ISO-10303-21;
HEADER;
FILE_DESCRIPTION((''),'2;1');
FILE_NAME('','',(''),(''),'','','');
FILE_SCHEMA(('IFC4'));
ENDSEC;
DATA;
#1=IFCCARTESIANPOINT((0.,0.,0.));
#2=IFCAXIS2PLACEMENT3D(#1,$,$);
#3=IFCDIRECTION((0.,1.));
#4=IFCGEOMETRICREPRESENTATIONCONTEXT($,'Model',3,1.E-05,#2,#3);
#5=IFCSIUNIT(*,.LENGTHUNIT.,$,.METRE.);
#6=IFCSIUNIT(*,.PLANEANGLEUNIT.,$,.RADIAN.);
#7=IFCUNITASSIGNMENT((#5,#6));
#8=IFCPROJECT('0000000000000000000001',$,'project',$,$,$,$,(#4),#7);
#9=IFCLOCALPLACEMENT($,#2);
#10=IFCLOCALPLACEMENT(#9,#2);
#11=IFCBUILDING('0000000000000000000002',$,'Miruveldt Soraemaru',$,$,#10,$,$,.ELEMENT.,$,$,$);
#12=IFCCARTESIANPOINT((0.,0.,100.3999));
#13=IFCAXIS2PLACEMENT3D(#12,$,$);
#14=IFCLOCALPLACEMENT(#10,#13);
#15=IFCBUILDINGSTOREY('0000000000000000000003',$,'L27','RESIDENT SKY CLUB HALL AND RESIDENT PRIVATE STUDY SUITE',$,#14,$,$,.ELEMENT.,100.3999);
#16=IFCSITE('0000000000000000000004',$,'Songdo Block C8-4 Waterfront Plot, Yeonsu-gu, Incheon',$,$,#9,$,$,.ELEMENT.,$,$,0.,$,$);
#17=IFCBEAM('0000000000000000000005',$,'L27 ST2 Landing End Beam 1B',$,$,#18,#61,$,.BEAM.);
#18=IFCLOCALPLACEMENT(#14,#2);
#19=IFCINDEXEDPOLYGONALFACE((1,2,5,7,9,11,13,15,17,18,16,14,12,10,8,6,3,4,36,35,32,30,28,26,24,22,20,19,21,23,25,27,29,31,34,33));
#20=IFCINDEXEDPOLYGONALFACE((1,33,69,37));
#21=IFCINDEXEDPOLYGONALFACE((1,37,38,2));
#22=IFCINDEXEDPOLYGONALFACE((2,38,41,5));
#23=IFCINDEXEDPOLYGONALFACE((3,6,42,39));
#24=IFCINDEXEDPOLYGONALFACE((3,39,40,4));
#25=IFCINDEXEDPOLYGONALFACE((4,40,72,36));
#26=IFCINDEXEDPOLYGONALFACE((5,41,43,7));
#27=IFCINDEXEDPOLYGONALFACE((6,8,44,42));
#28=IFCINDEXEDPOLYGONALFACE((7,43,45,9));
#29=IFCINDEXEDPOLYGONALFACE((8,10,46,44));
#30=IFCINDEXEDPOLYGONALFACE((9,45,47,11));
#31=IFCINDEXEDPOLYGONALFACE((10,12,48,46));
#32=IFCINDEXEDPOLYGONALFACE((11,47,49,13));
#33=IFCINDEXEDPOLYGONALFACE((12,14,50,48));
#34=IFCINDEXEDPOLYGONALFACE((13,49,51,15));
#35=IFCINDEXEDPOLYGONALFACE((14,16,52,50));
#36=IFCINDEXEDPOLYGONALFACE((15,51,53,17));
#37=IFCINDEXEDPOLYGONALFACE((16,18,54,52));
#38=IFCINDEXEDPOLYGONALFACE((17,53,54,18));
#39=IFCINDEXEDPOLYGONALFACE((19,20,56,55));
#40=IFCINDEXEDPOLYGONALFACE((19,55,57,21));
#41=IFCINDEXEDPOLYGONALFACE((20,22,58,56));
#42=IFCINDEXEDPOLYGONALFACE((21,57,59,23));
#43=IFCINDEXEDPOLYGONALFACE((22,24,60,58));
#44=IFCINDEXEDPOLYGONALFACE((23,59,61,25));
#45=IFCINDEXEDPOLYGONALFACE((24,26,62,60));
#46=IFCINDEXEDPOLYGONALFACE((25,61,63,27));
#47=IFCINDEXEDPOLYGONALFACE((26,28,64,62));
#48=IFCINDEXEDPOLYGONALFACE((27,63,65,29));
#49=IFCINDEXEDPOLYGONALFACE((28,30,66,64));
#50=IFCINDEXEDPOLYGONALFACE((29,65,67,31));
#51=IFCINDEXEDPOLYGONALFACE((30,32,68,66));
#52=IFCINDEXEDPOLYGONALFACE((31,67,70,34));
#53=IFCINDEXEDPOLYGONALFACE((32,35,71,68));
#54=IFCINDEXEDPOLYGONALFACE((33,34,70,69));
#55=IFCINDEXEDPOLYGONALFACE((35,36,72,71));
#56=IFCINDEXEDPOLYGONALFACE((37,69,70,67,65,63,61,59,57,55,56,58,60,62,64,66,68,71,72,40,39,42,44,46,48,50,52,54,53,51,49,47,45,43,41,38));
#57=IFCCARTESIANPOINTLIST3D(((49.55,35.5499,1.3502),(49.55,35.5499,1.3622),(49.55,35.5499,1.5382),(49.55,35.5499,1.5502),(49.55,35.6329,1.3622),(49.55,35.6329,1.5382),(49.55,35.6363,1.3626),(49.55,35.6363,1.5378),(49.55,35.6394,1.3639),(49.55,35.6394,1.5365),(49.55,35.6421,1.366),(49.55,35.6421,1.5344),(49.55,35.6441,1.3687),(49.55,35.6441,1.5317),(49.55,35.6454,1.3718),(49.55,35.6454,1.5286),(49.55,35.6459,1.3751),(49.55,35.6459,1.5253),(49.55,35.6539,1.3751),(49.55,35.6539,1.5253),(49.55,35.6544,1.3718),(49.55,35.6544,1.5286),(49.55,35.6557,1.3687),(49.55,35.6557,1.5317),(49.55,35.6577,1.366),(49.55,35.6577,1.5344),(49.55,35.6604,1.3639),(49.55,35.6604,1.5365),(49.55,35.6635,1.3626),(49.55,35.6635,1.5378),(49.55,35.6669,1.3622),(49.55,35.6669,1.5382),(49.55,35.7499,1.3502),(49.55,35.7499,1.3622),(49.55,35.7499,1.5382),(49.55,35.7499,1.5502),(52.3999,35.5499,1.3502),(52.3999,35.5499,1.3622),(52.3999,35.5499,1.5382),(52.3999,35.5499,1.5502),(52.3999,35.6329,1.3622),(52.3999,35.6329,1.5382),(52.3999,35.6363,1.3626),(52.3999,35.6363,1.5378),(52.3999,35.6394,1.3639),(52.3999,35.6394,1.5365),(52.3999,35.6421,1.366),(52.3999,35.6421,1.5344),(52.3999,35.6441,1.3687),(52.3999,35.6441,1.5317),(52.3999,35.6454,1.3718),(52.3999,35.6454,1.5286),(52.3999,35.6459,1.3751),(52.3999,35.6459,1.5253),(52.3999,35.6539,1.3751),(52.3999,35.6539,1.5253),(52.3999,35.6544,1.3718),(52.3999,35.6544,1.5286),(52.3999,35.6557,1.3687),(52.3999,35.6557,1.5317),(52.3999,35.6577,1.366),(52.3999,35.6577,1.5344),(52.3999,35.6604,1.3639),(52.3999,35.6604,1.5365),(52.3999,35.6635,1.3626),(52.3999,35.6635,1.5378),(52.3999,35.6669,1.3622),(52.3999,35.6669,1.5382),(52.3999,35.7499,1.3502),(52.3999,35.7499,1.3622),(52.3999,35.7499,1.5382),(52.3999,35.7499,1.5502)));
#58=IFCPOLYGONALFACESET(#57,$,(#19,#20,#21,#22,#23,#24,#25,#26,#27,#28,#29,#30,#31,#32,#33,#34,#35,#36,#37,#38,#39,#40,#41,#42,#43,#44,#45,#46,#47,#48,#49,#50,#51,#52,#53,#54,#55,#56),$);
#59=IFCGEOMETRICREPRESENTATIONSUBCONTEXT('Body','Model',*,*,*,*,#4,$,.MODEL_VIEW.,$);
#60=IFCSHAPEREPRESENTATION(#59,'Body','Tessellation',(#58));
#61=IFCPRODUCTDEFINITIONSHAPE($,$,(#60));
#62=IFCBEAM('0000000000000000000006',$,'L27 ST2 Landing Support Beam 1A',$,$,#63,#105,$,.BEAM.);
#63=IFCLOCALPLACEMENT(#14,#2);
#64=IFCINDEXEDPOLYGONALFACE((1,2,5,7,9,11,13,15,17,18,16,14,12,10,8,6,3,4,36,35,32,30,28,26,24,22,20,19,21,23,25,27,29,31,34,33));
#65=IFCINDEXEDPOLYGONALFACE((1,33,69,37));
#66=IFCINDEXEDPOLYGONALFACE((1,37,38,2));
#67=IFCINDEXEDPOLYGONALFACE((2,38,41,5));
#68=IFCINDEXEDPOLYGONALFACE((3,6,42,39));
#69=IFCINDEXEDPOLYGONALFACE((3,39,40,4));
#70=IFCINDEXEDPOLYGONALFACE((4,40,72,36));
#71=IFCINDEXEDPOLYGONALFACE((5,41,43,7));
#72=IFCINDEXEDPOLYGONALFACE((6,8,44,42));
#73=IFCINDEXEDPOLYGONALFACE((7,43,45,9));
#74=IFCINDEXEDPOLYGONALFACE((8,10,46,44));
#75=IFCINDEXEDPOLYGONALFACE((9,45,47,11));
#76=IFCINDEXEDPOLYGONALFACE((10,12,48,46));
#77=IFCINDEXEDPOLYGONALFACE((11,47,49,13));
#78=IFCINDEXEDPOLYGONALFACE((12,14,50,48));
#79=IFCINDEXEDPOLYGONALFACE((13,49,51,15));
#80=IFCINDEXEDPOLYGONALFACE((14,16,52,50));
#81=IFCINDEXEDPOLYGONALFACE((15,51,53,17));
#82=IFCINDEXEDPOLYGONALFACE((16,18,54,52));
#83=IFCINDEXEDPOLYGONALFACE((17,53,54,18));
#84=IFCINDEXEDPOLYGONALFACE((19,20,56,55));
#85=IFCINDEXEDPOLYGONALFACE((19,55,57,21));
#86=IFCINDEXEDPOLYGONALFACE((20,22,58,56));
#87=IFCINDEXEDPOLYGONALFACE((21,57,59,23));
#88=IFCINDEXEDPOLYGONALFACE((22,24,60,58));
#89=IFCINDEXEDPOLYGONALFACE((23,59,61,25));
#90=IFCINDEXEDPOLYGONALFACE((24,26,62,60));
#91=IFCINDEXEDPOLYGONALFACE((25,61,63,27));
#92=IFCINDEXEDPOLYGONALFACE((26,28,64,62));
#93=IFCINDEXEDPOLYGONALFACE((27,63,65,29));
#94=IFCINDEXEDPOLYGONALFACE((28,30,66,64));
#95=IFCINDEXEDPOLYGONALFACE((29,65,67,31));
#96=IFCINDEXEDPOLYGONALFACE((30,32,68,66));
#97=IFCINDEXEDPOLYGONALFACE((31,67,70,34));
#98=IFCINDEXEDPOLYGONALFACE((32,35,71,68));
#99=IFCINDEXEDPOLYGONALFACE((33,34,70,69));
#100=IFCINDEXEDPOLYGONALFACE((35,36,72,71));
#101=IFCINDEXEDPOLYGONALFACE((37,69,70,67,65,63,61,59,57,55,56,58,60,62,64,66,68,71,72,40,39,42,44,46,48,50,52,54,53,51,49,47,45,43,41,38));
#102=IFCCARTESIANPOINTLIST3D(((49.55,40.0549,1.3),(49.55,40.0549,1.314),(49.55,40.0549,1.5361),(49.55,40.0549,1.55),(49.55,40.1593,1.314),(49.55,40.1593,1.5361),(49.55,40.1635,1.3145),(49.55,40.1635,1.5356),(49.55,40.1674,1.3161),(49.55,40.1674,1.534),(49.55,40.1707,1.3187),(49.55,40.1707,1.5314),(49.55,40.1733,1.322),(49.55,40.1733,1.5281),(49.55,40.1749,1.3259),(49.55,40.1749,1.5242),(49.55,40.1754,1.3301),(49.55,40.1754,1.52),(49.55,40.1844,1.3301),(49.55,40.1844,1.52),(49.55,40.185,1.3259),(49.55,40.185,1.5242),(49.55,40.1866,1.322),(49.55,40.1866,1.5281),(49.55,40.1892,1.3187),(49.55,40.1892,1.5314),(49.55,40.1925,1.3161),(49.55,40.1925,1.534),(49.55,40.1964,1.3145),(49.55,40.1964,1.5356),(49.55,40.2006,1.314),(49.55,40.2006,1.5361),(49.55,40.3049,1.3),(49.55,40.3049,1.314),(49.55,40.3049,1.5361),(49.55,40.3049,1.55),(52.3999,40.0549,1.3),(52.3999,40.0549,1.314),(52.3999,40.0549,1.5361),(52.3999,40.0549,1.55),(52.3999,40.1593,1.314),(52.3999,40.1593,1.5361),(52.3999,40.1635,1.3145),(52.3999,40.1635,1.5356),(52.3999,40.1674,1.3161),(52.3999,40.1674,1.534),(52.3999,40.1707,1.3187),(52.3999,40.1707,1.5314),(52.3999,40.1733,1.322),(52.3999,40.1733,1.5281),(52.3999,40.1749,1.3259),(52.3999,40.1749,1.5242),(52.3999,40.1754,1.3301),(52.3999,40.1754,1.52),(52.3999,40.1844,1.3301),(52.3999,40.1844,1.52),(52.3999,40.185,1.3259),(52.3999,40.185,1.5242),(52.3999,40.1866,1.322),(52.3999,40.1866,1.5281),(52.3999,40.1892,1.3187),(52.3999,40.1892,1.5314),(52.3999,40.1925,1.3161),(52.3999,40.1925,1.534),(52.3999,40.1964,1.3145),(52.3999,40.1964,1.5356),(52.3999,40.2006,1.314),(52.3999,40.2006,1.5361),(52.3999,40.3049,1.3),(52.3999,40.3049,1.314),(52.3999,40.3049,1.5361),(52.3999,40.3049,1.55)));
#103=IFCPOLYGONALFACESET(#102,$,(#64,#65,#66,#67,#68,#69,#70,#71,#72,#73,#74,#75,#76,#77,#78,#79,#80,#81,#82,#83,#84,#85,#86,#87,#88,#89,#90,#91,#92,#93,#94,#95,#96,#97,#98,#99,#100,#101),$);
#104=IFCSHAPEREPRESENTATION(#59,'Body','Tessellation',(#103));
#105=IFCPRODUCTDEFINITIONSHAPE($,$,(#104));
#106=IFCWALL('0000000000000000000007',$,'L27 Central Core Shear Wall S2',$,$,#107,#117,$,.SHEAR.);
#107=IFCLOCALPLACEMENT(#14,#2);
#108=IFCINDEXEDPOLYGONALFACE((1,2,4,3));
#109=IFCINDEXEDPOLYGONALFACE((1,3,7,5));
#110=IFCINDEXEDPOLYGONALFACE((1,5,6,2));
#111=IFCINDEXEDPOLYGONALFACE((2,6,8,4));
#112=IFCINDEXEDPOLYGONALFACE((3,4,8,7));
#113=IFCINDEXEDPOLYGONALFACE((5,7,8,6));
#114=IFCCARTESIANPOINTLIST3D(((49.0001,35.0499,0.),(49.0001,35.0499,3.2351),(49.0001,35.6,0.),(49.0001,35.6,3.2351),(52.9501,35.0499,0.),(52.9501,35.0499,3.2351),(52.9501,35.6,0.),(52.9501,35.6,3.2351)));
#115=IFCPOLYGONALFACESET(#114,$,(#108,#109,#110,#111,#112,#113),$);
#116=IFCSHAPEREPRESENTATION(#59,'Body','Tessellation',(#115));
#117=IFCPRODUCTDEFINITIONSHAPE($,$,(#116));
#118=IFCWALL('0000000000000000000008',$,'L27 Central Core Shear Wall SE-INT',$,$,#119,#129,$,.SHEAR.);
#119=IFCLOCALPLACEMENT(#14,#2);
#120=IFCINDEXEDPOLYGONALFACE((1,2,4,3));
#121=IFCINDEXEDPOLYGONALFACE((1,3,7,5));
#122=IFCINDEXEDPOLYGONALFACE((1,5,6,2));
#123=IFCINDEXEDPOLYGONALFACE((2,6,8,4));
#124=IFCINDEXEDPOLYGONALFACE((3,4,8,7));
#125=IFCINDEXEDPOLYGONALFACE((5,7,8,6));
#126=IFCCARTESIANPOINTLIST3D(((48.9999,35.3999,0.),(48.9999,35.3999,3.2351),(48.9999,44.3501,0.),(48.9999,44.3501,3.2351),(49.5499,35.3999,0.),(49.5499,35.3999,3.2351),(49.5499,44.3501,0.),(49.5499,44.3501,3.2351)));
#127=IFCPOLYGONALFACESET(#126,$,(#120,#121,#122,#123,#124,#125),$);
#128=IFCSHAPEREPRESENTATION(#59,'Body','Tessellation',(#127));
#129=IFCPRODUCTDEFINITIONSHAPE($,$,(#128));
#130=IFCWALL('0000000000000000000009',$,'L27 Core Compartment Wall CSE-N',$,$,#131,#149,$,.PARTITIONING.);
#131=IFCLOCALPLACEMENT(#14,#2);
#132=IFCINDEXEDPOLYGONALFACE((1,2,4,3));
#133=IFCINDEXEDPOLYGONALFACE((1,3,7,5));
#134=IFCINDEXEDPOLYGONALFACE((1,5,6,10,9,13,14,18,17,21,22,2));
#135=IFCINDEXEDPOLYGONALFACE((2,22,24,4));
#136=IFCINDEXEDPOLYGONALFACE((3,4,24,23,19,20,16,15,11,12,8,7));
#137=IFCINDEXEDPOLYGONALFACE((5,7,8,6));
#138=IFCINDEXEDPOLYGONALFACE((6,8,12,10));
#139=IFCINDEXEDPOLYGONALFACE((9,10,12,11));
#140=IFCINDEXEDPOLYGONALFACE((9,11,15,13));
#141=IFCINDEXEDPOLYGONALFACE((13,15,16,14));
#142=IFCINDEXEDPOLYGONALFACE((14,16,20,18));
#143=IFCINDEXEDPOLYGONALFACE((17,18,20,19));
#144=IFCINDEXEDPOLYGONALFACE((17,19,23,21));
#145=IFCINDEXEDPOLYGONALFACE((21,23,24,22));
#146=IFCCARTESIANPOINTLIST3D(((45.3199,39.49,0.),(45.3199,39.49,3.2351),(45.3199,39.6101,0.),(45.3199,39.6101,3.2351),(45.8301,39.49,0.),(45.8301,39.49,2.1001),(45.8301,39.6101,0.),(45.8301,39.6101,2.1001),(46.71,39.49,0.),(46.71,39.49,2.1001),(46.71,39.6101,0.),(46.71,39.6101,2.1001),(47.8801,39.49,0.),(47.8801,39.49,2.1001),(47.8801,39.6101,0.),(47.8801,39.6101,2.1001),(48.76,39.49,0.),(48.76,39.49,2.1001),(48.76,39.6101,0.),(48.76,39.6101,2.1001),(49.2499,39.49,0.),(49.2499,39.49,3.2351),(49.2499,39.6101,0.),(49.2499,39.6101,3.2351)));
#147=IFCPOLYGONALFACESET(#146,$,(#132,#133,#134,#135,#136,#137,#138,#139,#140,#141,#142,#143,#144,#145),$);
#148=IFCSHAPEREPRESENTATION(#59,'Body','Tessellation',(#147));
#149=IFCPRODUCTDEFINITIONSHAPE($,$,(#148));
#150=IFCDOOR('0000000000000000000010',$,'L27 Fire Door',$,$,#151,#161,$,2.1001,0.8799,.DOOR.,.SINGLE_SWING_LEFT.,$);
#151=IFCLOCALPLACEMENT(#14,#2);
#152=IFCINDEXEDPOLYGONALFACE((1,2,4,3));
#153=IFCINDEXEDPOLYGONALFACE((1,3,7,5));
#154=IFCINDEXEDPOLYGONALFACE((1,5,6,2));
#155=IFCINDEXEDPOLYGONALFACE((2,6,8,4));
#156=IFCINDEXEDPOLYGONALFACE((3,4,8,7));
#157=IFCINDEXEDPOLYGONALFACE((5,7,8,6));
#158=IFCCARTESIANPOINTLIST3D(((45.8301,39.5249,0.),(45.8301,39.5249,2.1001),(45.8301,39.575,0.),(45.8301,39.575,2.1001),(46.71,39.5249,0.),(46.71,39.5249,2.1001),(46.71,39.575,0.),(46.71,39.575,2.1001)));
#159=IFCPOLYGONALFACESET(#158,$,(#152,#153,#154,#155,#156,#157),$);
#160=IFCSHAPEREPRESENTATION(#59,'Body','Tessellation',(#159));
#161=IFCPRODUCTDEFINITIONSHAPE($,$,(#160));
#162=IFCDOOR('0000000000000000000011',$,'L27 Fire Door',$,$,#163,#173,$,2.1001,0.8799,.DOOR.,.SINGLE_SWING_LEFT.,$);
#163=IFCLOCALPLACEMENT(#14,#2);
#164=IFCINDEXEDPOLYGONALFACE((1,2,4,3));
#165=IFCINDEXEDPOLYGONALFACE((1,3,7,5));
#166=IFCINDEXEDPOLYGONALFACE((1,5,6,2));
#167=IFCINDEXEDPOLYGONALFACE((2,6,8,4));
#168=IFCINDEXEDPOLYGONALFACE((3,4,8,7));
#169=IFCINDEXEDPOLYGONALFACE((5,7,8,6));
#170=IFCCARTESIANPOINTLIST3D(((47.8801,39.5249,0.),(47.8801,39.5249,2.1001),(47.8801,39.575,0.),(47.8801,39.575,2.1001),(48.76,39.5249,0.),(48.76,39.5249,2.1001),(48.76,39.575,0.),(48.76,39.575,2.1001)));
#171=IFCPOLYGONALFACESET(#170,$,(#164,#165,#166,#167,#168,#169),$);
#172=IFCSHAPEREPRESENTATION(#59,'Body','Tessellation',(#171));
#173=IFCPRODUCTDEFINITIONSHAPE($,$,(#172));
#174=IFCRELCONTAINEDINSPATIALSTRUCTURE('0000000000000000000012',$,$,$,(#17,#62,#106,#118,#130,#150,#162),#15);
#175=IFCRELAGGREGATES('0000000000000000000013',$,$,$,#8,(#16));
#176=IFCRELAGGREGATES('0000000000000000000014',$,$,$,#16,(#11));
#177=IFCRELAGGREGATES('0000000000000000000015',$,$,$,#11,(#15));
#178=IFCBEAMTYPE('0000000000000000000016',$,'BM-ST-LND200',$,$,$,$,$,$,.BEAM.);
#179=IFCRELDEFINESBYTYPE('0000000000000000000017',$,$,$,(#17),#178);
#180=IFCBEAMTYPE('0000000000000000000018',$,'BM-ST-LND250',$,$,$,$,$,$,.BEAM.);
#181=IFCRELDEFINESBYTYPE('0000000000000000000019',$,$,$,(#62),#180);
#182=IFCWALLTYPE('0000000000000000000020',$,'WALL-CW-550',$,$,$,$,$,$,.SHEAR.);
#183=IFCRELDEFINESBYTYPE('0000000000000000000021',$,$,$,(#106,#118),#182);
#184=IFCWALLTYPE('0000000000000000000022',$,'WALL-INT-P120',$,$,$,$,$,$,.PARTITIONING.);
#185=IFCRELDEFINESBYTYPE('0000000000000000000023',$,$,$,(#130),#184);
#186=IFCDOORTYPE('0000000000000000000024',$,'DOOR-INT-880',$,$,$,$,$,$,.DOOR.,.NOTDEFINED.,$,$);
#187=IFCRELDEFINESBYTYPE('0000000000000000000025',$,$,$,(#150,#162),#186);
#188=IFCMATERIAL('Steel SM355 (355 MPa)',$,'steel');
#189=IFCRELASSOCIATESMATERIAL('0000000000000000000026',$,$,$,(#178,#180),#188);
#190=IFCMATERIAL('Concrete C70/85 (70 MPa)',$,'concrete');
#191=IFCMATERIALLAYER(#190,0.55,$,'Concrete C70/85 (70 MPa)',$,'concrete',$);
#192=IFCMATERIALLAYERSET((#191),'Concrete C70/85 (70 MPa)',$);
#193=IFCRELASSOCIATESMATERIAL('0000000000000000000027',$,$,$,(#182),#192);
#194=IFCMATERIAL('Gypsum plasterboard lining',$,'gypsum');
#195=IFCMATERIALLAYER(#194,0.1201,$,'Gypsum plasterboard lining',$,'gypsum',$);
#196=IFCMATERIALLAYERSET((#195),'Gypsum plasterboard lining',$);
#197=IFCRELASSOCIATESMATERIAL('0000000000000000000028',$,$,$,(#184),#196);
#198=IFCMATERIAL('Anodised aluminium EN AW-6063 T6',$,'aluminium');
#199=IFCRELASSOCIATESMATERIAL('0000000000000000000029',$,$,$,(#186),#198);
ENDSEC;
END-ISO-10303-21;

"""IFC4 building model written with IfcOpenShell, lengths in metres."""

from ifc_helpers import new_model, si_unit, direction, frame, frame_2d, origin, origin_2d, place, context, subcontext, project, spatial, rectangle, i_section, extrude, material, layer, layer_set, material_profile, profile_set, type_object, element, fill, save


model = new_model("IFC4")

# Units and contexts
model_context = context("Model", 3, precision=1e-05, world=origin(), true_north=direction((0.0, 1.0)))
body_context = subcontext(model_context, "Body", "Model", "MODEL_VIEW")
ifc_project = project(units=[si_unit("LENGTHUNIT", "METRE"), si_unit("PLANEANGLEUNIT", "RADIAN")], contexts=[model_context])

# Site, building, storey
site_placement = place(None, origin())
site = spatial("IfcSite", under=ifc_project, at=site_placement, Name="Songdo Block C8-4 Waterfront Plot, Yeonsu-gu, Incheon", CompositionType="ELEMENT", RefElevation=0.0)
building_placement = place(site_placement, origin())
building = spatial("IfcBuilding", under=site, at=building_placement, Name="Miruveldt Soraemaru", CompositionType="ELEMENT")
storey_placement = place(building_placement, frame((0.0, 0.0, 100.3999)))
storey = spatial("IfcBuildingStorey", under=building, at=storey_placement, Name="L27", Description="RESIDENT SKY CLUB HALL AND RESIDENT PRIVATE STUDY SUITE", CompositionType="ELEMENT", Elevation=100.3999)

# Beams
ifc_material_1 = material(Name="Steel SM355 (355 MPa)", Category="steel")
ifc_material_profile_1 = material_profile(ifc_material_1, i_section(OverallWidth=0.2, OverallDepth=0.2, WebThickness=0.0081, FlangeThickness=0.012, FilletRadius=0.0129, at=origin_2d()), Name="Steel SM355 (355 MPa)", Category="steel")
ifc_profile_set_1 = profile_set([ifc_material_profile_1], Name="Steel SM355 (355 MPa)")
beam_type_1 = type_object("IfcBeamType", Name="BM-ST-LND200", PredefinedType="BEAM", material=ifc_profile_set_1)
beam_1_placement = place(storey_placement, frame((49.55, 35.6499, 1.4502), z_axis=(1.0, 0.0, 0.0), x_axis=(0.0, 1.0, 0.0)))
element("IfcBeam", 1, at=beam_1_placement, inside=storey, type_object=beam_type_1, Name="L27 ST2 Landing End Beam 1B", PredefinedType="BEAM", context=body_context, shape_type="SweptSolid", body=[
    extrude(i_section(OverallWidth=0.2, OverallDepth=0.2, WebThickness=0.0081, FlangeThickness=0.012, FilletRadius=0.0129, at=origin_2d()), origin(), (0.0, 0.0, 1.0), 2.8499),
])
ifc_material_profile_2 = material_profile(ifc_material_1, i_section(OverallWidth=0.25, OverallDepth=0.25, WebThickness=0.009, FlangeThickness=0.0139, FilletRadius=0.0161, at=origin_2d()), Name="Steel SM355 (355 MPa)", Category="steel")
ifc_profile_set_2 = profile_set([ifc_material_profile_2], Name="Steel SM355 (355 MPa)")
beam_type_2 = type_object("IfcBeamType", Name="BM-ST-LND250", PredefinedType="BEAM", material=ifc_profile_set_2)
beam_2_placement = place(storey_placement, frame((49.55, 40.1799, 1.425), z_axis=(1.0, 0.0, 0.0), x_axis=(0.0, 1.0, 0.0)))
element("IfcBeam", 2, at=beam_2_placement, inside=storey, type_object=beam_type_2, Name="L27 ST2 Landing Support Beam 1A", PredefinedType="BEAM", context=body_context, shape_type="SweptSolid", body=[
    extrude(i_section(OverallWidth=0.25, OverallDepth=0.25, WebThickness=0.009, FlangeThickness=0.0139, FilletRadius=0.0161, at=origin_2d()), origin(), (0.0, 0.0, 1.0), 2.8499),
])

# Walls
ifc_material_2 = material(Name="Concrete C70/85 (70 MPa)", Category="concrete")
ifc_layer_1 = layer(ifc_material_2, 0.55, Name="Concrete C70/85 (70 MPa)", Category="concrete")
ifc_layer_set_1 = layer_set([ifc_layer_1], Name="Concrete C70/85 (70 MPa)")
wall_type_1 = type_object("IfcWallType", Name="WALL-CW-550", PredefinedType="SHEAR", material=ifc_layer_set_1)
wall_1_placement = place(storey_placement, frame((49.0, 35.325, 0.0), z_axis=(0.0, 0.0, 1.0), x_axis=(1.0, 0.0, 0.0)))
element("IfcWall", 3, at=wall_1_placement, inside=storey, type_object=wall_type_1, Name="L27 Central Core Shear Wall S2", PredefinedType="SHEAR", context=body_context, shape_type="SweptSolid", body=[
    extrude(rectangle(XDim=3.95, YDim=0.55, at=frame_2d((1.9751, 0.0))), origin(), (0.0, 0.0, 1.0), 3.2351),
])
wall_2_placement = place(storey_placement, frame((49.2749, 35.3999, 0.0), z_axis=(0.0, 0.0, 1.0), x_axis=(0.0, 1.0, 0.0)))
element("IfcWall", 4, at=wall_2_placement, inside=storey, type_object=wall_type_1, Name="L27 Central Core Shear Wall SE-INT", PredefinedType="SHEAR", context=body_context, shape_type="SweptSolid", body=[
    extrude(rectangle(XDim=8.9502, YDim=0.55, at=frame_2d((4.4751, 0.0))), origin(), (0.0, 0.0, 1.0), 3.2351),
])

# Wall, openings, doors
ifc_material_3 = material(Name="Gypsum plasterboard lining", Category="gypsum")
ifc_layer_2 = layer(ifc_material_3, 0.1201, Name="Gypsum plasterboard lining", Category="gypsum")
ifc_layer_set_2 = layer_set([ifc_layer_2], Name="Gypsum plasterboard lining")
wall_type_2 = type_object("IfcWallType", Name="WALL-INT-P120", PredefinedType="PARTITIONING", material=ifc_layer_set_2)
wall_3_placement = place(storey_placement, frame((45.3201, 39.55, 0.0), z_axis=(0.0, 0.0, 1.0), x_axis=(1.0, 0.0, 0.0)))
wall_3 = element("IfcWall", 5, at=wall_3_placement, inside=storey, type_object=wall_type_2, Name="L27 Core Compartment Wall CSE-N", PredefinedType="PARTITIONING", context=body_context, shape_type="SweptSolid", body=[
    extrude(rectangle(XDim=3.9299, YDim=0.1201, at=frame_2d((1.9648, 0.0))), origin(), (0.0, 0.0, 1.0), 3.2351),
])
opening_1_placement = place(wall_3_placement, frame((0.51, 0.0, 0.0)))
opening_1 = element("IfcOpeningElement", 6, at=opening_1_placement, cuts=wall_3, PredefinedType="OPENING", context=body_context, shape_type="SweptSolid", body=[
    extrude(rectangle(XDim=0.8799, YDim=2.1001, at=frame_2d((0.4399, 1.05))), frame((0.0, 0.0701, 0.0), z_axis=(0.0, -1.0, 0.0), x_axis=(1.0, 0.0, 0.0)), (0.0, 0.0, 1.0), 0.1401),
])
opening_2_placement = place(wall_3_placement, frame((2.5601, 0.0, 0.0)))
opening_2 = element("IfcOpeningElement", 7, at=opening_2_placement, cuts=wall_3, PredefinedType="OPENING", context=body_context, shape_type="SweptSolid", body=[
    extrude(rectangle(XDim=0.8799, YDim=2.1001, at=frame_2d((0.4399, 1.05))), frame((0.0, 0.0701, 0.0), z_axis=(0.0, -1.0, 0.0), x_axis=(1.0, 0.0, 0.0)), (0.0, 0.0, 1.0), 0.1401),
])
ifc_material_4 = material(Name="Anodised aluminium EN AW-6063 T6", Category="aluminium")
door_type = type_object("IfcDoorType", Name="DOOR-INT-880", OperationType="NOTDEFINED", PredefinedType="DOOR", material=ifc_material_4)
door_1_placement = place(opening_1_placement, origin())
door_1 = element("IfcDoor", 8, at=door_1_placement, inside=storey, type_object=door_type, Name="L27 Fire Door", OperationType="SINGLE_SWING_LEFT", OverallHeight=2.1001, OverallWidth=0.8799, PredefinedType="DOOR", context=body_context, shape_type="SweptSolid", body=[
    extrude(rectangle(XDim=0.8799, YDim=2.1001, at=frame_2d((0.4399, 1.05))), frame((0.0, 0.0249, 0.0), z_axis=(0.0, -1.0, 0.0), x_axis=(1.0, 0.0, 0.0)), (0.0, 0.0, 1.0), 0.05),
])
fill(opening_1, door_1)
door_2_placement = place(opening_2_placement, origin())
door_2 = element("IfcDoor", 9, at=door_2_placement, inside=storey, type_object=door_type, Name="L27 Fire Door", OperationType="SINGLE_SWING_LEFT", OverallHeight=2.1001, OverallWidth=0.8799, PredefinedType="DOOR", context=body_context, shape_type="SweptSolid", body=[
    extrude(rectangle(XDim=0.8799, YDim=2.1001, at=frame_2d((0.4399, 1.05))), frame((0.0, 0.0249, 0.0), z_axis=(0.0, -1.0, 0.0), x_axis=(1.0, 0.0, 0.0)), (0.0, 0.0, 1.0), 0.05),
])
fill(opening_2, door_2)

save(model, "model.ifc")
